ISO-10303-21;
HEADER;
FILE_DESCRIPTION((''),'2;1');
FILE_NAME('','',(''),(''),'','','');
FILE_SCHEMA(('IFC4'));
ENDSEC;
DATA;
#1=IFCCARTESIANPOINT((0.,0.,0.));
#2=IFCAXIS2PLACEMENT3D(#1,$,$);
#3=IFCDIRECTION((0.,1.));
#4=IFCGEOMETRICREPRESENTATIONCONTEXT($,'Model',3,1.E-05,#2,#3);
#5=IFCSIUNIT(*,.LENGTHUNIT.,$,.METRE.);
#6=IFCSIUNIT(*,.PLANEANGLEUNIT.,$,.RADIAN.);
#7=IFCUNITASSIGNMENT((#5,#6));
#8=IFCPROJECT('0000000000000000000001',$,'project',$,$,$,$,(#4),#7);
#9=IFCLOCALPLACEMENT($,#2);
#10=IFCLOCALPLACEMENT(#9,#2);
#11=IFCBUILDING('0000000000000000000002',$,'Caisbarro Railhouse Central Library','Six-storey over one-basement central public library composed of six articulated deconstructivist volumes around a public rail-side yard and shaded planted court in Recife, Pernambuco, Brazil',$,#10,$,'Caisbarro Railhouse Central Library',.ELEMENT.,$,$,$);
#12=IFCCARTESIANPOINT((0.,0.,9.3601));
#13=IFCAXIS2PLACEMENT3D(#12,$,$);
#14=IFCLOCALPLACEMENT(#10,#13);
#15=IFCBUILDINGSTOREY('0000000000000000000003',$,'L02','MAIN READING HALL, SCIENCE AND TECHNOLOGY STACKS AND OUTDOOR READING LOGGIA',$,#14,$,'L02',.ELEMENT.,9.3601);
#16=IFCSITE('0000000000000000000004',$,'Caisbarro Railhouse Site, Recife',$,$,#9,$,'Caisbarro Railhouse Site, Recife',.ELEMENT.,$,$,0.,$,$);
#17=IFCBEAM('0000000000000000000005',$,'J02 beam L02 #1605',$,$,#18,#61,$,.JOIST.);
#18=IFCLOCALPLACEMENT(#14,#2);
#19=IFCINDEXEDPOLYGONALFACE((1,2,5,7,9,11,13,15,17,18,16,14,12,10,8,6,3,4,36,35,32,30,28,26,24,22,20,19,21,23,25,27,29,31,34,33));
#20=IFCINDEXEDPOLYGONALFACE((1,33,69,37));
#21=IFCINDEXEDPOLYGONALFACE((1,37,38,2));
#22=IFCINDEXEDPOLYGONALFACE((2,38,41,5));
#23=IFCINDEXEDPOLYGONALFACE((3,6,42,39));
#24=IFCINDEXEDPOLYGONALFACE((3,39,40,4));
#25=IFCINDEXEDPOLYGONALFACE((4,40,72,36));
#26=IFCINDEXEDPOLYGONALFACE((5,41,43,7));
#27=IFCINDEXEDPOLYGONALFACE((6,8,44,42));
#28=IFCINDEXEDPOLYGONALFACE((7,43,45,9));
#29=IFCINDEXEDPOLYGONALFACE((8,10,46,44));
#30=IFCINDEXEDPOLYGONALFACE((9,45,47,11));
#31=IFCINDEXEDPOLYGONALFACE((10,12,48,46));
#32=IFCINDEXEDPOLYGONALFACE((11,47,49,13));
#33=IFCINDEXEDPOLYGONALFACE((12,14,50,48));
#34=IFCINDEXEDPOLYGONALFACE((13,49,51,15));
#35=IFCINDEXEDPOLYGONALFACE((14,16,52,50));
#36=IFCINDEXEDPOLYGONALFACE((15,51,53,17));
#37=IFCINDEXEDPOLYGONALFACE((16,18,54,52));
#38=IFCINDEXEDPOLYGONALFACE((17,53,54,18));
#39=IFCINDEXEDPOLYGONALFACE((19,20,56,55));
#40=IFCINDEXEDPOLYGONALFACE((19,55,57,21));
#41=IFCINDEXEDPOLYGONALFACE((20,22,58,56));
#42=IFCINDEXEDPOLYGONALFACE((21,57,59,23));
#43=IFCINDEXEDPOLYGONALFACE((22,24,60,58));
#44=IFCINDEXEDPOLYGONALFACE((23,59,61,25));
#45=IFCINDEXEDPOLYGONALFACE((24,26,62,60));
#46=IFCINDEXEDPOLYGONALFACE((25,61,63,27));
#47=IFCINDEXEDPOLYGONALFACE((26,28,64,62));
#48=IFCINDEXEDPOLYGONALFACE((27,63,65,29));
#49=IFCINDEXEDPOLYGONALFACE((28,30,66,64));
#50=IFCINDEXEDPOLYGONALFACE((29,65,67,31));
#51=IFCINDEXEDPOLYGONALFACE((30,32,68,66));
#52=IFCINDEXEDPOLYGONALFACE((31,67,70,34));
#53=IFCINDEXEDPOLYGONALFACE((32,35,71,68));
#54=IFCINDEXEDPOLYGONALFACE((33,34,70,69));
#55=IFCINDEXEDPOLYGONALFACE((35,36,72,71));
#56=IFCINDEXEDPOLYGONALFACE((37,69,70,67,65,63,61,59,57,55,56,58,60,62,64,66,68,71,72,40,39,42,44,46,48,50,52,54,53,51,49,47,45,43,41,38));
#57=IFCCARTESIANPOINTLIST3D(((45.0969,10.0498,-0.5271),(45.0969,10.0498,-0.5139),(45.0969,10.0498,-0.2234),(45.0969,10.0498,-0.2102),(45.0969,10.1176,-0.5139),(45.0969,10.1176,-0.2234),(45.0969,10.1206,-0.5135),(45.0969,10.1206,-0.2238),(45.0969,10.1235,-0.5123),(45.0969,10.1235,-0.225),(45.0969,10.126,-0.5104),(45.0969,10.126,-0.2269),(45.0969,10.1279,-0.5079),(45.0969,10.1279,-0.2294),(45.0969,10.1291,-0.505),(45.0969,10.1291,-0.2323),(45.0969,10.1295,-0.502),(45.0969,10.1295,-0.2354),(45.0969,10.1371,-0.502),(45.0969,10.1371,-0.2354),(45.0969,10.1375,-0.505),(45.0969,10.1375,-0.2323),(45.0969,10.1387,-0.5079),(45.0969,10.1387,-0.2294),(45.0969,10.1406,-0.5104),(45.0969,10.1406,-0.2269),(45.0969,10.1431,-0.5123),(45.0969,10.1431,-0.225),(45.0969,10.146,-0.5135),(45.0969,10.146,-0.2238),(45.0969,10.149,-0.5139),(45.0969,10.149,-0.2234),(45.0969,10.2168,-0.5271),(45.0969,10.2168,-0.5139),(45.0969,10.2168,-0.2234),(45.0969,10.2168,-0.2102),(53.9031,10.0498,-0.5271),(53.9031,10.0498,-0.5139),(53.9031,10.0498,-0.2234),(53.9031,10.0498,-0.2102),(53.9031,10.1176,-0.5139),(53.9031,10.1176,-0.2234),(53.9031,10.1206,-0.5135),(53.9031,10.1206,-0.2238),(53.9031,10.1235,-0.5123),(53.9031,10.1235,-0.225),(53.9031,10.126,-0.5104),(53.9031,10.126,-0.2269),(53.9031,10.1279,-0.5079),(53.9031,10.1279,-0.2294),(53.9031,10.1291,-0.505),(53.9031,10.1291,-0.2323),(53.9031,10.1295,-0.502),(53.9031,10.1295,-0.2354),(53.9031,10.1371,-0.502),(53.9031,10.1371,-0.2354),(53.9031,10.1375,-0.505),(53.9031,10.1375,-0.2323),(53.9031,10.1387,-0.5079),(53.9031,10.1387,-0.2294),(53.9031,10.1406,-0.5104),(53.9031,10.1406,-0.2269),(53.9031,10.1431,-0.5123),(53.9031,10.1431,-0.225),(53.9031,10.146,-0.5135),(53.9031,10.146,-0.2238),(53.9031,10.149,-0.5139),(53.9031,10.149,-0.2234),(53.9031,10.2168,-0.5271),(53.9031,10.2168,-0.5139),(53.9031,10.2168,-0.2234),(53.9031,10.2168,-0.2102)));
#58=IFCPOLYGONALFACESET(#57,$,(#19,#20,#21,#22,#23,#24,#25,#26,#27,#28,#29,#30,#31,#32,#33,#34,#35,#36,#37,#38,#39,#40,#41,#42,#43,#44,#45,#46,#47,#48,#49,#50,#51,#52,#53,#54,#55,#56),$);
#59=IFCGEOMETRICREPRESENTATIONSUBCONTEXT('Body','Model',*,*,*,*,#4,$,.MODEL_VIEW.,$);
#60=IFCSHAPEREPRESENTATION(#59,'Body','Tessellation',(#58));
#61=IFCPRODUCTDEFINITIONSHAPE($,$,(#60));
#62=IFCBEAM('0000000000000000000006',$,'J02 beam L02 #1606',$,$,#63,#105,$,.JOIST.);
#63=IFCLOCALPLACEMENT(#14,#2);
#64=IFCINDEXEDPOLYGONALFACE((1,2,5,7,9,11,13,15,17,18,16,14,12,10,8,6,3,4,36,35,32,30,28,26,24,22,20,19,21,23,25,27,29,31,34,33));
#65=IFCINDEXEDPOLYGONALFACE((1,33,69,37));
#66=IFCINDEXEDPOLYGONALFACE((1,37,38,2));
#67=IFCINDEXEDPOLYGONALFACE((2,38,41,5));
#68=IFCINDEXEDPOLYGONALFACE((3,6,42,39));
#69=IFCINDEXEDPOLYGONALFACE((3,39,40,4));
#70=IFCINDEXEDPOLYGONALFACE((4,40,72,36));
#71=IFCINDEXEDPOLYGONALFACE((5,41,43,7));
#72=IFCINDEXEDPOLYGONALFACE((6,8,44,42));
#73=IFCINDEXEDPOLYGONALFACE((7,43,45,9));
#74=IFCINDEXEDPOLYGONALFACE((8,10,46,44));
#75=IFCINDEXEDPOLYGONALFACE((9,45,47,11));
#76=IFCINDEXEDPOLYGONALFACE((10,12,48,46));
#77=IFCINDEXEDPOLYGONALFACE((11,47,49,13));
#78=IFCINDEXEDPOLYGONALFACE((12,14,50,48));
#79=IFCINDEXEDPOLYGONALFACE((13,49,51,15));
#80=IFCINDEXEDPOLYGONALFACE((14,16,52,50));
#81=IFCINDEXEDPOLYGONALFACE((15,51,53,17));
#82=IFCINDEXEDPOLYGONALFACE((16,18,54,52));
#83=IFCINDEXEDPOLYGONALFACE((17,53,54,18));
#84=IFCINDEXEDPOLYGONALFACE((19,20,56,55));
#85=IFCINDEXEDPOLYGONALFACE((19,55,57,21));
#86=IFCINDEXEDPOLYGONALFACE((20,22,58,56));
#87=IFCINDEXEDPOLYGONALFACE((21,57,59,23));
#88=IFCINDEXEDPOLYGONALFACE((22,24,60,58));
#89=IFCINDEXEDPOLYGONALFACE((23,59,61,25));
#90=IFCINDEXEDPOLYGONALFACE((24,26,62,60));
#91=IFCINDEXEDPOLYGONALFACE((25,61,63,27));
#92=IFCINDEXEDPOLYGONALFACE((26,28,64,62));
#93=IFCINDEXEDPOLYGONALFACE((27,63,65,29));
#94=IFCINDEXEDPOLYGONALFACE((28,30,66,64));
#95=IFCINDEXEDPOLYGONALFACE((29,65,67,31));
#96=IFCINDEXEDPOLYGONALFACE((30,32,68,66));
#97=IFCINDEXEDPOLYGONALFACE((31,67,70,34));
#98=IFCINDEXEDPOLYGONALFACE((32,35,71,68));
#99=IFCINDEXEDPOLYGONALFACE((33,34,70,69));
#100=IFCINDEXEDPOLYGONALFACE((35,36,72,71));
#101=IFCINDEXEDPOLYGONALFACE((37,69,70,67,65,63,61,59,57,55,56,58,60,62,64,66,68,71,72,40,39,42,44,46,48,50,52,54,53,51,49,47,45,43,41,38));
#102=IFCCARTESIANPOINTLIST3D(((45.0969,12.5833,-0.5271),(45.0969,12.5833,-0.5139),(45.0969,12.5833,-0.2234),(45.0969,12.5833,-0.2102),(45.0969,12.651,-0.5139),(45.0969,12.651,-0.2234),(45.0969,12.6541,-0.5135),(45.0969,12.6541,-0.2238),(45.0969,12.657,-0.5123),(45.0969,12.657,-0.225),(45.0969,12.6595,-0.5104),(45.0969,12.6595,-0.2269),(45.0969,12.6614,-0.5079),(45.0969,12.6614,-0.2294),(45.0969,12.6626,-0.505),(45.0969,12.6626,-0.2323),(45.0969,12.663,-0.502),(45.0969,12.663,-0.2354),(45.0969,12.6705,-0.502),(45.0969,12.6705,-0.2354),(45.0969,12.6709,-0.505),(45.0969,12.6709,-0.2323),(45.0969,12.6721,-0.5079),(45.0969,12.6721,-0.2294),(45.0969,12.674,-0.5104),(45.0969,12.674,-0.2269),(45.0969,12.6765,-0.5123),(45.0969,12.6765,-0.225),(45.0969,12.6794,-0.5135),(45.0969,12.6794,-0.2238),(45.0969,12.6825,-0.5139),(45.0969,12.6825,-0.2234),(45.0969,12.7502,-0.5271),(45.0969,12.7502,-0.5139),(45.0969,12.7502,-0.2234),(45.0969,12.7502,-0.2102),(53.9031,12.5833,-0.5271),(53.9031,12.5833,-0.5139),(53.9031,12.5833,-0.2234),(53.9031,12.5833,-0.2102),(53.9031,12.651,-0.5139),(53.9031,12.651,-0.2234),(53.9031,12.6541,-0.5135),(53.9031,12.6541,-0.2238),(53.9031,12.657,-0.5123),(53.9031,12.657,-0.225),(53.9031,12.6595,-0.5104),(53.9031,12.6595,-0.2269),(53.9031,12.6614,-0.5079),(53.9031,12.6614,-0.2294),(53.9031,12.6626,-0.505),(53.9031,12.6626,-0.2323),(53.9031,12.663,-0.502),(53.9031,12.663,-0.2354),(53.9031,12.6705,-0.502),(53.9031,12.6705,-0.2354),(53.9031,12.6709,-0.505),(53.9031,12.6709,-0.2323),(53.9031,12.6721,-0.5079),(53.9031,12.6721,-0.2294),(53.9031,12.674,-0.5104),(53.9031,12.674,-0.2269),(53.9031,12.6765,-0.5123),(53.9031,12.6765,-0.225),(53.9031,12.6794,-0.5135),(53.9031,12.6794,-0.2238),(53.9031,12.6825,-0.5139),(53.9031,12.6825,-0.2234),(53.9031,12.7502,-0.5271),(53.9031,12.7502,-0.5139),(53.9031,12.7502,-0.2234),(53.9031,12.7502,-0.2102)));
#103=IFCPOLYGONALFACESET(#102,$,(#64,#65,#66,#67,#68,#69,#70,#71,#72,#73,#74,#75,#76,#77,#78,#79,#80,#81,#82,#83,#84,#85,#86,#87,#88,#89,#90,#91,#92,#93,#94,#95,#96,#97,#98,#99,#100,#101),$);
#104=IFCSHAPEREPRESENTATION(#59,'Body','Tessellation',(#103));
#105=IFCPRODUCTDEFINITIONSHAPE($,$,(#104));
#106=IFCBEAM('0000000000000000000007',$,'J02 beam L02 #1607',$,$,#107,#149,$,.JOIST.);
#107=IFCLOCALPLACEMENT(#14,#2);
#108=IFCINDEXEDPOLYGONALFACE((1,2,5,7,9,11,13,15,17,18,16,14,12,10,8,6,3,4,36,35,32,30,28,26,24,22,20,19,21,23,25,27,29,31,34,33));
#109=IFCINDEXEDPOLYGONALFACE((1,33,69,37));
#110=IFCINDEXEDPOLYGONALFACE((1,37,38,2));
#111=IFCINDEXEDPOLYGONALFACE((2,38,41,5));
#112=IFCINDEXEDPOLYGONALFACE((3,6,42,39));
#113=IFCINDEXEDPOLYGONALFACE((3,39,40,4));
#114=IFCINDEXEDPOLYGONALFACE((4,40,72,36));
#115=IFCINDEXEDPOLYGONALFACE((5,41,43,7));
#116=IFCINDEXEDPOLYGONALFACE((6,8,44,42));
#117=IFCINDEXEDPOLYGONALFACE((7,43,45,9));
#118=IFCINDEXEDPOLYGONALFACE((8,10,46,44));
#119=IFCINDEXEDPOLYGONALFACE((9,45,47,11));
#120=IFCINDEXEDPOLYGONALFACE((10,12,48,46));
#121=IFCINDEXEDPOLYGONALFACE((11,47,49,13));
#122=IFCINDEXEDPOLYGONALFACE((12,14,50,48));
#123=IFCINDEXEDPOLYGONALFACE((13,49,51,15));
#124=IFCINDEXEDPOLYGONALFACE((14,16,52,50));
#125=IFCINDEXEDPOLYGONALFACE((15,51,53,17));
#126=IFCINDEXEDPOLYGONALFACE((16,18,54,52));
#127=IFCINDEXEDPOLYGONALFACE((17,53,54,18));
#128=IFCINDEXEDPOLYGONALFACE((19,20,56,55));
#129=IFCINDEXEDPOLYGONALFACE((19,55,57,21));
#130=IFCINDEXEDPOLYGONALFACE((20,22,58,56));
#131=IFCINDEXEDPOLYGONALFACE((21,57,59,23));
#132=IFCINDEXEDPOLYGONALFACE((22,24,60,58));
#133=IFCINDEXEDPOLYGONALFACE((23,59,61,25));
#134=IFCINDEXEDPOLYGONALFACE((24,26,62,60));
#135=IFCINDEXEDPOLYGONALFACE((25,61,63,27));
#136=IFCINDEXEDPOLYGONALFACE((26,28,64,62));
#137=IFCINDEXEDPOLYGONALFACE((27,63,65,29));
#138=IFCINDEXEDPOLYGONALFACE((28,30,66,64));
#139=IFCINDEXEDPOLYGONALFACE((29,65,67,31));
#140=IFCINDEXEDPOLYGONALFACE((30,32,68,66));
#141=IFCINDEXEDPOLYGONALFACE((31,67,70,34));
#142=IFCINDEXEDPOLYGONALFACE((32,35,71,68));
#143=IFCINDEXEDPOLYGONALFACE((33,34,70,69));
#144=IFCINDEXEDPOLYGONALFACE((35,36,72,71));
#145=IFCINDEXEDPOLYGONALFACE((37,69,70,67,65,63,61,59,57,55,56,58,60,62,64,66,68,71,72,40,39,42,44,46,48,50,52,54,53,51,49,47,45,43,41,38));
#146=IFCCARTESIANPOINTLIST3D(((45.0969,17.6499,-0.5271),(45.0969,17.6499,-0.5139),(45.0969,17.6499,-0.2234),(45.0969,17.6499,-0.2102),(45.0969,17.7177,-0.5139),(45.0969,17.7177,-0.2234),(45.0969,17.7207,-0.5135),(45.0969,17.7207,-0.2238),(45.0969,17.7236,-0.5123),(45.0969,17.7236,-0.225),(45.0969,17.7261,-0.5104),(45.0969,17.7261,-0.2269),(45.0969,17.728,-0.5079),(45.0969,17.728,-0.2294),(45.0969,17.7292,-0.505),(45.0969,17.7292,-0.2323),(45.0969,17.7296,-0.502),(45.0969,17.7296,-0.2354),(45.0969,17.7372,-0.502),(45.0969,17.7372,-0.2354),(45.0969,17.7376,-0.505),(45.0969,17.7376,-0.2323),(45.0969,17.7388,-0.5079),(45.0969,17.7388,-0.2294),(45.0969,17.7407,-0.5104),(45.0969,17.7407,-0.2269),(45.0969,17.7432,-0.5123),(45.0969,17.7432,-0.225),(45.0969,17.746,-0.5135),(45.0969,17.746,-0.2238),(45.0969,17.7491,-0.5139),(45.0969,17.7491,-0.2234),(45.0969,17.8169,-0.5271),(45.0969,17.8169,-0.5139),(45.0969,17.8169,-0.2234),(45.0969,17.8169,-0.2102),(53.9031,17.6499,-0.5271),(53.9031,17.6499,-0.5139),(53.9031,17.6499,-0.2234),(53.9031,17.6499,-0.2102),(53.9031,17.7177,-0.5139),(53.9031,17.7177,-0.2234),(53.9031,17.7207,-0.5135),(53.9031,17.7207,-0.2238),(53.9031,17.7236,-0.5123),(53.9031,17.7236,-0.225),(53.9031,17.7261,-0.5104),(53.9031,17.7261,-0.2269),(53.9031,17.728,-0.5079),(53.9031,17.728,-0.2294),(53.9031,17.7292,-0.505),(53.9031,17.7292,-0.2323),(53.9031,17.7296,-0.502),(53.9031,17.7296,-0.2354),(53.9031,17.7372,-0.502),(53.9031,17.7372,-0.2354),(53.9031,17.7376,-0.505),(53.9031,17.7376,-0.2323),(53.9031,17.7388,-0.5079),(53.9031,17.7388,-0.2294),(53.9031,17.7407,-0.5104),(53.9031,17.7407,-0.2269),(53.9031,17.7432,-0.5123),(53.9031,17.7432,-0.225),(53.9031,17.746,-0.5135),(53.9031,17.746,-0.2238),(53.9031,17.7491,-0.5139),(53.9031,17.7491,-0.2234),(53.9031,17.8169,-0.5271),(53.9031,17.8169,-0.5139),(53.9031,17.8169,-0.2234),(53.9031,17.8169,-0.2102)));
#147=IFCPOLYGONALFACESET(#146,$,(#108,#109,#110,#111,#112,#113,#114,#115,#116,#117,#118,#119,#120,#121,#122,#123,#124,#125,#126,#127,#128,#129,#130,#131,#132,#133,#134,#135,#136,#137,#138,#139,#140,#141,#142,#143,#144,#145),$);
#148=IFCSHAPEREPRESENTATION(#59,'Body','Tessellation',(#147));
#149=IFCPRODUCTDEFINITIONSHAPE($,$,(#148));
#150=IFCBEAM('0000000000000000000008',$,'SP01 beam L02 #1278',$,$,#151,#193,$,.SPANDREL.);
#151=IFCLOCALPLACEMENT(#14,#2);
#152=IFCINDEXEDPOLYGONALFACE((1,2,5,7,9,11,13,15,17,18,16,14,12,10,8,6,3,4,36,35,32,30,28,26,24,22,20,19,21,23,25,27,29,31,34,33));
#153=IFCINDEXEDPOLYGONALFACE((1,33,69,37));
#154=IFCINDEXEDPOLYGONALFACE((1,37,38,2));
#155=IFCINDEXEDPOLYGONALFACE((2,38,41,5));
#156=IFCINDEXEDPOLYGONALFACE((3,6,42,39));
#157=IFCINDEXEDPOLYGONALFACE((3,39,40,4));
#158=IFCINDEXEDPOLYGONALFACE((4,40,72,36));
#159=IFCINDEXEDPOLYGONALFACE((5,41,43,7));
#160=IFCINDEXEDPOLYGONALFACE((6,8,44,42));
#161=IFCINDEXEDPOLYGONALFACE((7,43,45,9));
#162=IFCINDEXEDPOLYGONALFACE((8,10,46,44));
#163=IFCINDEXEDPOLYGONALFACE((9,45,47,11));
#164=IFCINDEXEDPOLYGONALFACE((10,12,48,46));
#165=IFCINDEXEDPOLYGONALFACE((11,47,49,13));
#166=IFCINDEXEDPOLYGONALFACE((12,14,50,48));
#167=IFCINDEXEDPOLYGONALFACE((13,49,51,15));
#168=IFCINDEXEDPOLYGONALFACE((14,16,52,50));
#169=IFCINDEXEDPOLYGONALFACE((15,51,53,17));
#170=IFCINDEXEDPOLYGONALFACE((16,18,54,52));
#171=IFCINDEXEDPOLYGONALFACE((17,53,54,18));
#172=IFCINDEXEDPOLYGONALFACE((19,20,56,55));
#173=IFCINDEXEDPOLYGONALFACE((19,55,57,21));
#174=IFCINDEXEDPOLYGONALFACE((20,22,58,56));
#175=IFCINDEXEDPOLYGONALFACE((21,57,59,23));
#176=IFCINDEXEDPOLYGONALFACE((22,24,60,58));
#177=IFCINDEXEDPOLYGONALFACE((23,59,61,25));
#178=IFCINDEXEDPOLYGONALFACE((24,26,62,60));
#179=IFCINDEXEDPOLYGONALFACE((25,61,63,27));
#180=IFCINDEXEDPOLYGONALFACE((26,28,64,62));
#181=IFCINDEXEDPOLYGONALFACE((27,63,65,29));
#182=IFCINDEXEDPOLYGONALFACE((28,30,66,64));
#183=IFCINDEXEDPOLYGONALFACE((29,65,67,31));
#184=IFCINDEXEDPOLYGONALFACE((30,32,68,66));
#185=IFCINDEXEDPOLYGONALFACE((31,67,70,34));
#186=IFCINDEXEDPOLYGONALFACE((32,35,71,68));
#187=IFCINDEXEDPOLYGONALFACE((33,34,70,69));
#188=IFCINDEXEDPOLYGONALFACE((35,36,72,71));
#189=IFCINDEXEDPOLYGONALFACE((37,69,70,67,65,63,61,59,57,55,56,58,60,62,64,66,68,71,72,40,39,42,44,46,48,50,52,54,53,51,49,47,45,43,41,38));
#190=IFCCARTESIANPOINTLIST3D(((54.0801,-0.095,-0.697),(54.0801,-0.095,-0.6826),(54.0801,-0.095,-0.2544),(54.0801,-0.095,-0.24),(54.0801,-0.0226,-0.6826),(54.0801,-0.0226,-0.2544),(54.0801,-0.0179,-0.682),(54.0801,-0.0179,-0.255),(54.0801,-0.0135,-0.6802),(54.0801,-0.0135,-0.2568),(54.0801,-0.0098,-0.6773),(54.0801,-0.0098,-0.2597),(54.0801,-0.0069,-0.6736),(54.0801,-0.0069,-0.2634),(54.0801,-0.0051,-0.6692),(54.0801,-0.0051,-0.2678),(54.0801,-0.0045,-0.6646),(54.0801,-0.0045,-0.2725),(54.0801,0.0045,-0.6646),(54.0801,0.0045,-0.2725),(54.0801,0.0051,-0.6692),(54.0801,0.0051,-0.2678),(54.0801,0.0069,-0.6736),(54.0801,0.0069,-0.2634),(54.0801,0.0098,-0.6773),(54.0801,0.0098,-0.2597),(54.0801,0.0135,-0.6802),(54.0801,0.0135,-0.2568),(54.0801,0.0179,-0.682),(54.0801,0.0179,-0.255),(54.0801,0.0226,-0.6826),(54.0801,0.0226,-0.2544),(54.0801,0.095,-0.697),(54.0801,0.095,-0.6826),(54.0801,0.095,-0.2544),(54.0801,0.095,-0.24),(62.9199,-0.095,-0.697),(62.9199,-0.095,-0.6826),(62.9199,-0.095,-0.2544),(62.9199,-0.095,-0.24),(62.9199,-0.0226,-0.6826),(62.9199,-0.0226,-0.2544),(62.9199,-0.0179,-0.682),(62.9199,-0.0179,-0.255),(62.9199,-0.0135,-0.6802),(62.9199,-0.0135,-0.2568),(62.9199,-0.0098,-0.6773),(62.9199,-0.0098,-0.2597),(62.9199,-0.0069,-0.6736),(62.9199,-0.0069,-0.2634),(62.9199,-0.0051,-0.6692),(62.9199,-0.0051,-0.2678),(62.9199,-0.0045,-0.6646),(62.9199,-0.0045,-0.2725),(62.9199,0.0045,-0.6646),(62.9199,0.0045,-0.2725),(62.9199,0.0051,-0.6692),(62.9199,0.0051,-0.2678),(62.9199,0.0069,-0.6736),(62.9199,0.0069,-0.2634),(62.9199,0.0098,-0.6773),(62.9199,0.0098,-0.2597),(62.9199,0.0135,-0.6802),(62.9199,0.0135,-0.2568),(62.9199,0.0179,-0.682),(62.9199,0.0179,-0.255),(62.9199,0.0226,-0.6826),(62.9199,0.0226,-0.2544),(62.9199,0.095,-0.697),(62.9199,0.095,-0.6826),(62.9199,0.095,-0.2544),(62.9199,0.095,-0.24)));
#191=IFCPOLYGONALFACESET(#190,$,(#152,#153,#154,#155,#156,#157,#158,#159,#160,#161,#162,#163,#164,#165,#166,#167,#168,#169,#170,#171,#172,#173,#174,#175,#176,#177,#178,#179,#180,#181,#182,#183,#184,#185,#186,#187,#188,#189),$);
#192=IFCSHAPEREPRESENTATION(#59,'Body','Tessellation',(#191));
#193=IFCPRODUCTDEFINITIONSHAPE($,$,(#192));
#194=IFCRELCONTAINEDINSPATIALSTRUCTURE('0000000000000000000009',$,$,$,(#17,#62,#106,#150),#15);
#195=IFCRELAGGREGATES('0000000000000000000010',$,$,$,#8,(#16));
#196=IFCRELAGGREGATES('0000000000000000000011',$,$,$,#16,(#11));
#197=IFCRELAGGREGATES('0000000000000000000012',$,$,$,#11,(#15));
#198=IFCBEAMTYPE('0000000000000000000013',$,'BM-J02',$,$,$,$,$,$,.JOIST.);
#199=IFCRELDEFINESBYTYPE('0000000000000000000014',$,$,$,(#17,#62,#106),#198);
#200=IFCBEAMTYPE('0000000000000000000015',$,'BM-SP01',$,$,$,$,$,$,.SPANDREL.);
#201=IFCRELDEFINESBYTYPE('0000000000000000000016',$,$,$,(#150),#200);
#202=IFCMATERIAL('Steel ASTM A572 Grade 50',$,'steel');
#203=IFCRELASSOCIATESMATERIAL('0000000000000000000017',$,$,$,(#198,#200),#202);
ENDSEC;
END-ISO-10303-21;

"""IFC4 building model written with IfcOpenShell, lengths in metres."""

from ifc_helpers import new_model, si_unit, direction, frame, origin, origin_2d, place, context, subcontext, project, spatial, i_section, extrude, material, material_profile, profile_set, type_object, element, save


model = new_model("IFC4")

# Units and contexts
model_context = context("Model", 3, precision=1e-05, world=origin(), true_north=direction((0.0, 1.0)))
body_context = subcontext(model_context, "Body", "Model", "MODEL_VIEW")
ifc_project = project(units=[si_unit("LENGTHUNIT", "METRE"), si_unit("PLANEANGLEUNIT", "RADIAN")], contexts=[model_context])

# Site, building, storey
site_placement = place(None, origin())
site = spatial("IfcSite", under=ifc_project, at=site_placement, Name="Caisbarro Railhouse Site, Recife", LongName="Caisbarro Railhouse Site, Recife", CompositionType="ELEMENT", RefElevation=0.0)
building_placement = place(site_placement, origin())
building = spatial("IfcBuilding", under=site, at=building_placement, Name="Caisbarro Railhouse Central Library", Description="Six-storey over one-basement central public library composed of six articulated deconstructivist volumes around a public rail-side yard and shaded planted court in Recife, Pernambuco, Brazil", LongName="Caisbarro Railhouse Central Library", CompositionType="ELEMENT")
storey_placement = place(building_placement, frame((0.0, 0.0, 9.3601)))
storey = spatial("IfcBuildingStorey", under=building, at=storey_placement, Name="L02", Description="MAIN READING HALL, SCIENCE AND TECHNOLOGY STACKS AND OUTDOOR READING LOGGIA", LongName="L02", CompositionType="ELEMENT", Elevation=9.3601)

# Shared definitions
ifc_material_1 = material(Name="Steel ASTM A572 Grade 50", Category="steel")

# Beams
ifc_material_profile_1 = material_profile(ifc_material_1, i_section(OverallWidth=0.167, OverallDepth=0.3169, WebThickness=0.0076, FlangeThickness=0.0132, FilletRadius=0.012, at=origin_2d()), Name="W310X52.0")
ifc_profile_set_1 = profile_set([ifc_material_profile_1], Name="Steel ASTM A572 Grade 50")
beam_type_1 = type_object("IfcBeamType", Name="BM-J02", PredefinedType="JOIST", material=ifc_profile_set_1)
for number, where, z_axis, x_axis, name in (
    (1, (45.0969, 10.1333, -0.3687), (1.0, 0.0, 0.0), (0.0, 1.0, 0.0), "J02 beam L02 #1605"),
    (2, (45.0969, 12.6667, -0.3687), (1.0, 0.0, 0.0), (0.0, 1.0, 0.0), "J02 beam L02 #1606"),
    (3, (45.0969, 17.7334, -0.3687), (1.0, 0.0, 0.0), (0.0, 1.0, 0.0), "J02 beam L02 #1607"),
):
    element("IfcBeam", number, at=place(storey_placement, frame(where, z_axis=z_axis, x_axis=x_axis)), inside=storey, type_object=beam_type_1, Name=name, PredefinedType="JOIST", context=body_context, shape_type="SweptSolid", body=[
        extrude(i_section(OverallWidth=0.167, OverallDepth=0.3169, WebThickness=0.0076, FlangeThickness=0.0132, FilletRadius=0.012, at=origin_2d()), origin(), (0.0, 0.0, 1.0), 8.8062),
    ])
ifc_material_profile_2 = material_profile(ifc_material_1, i_section(OverallWidth=0.1899, OverallDepth=0.457, WebThickness=0.009, FlangeThickness=0.0144, FilletRadius=0.0181, at=origin_2d()), Name="W460X74.0")
ifc_profile_set_2 = profile_set([ifc_material_profile_2], Name="Steel ASTM A572 Grade 50")
beam_type_2 = type_object("IfcBeamType", Name="BM-SP01", PredefinedType="SPANDREL", material=ifc_profile_set_2)
for number, where, z_axis, x_axis, name in (
    (4, (54.0801, 0.0, -0.4685), (1.0, 0.0, 0.0), (0.0, 1.0, 0.0), "SP01 beam L02 #1278"),
):
    element("IfcBeam", number, at=place(storey_placement, frame(where, z_axis=z_axis, x_axis=x_axis)), inside=storey, type_object=beam_type_2, Name=name, PredefinedType="SPANDREL", context=body_context, shape_type="SweptSolid", body=[
        extrude(i_section(OverallWidth=0.1899, OverallDepth=0.457, WebThickness=0.009, FlangeThickness=0.0144, FilletRadius=0.0181, at=origin_2d()), origin(), (0.0, 0.0, 1.0), 8.8398),
    ])

save(model, "model.ifc")
